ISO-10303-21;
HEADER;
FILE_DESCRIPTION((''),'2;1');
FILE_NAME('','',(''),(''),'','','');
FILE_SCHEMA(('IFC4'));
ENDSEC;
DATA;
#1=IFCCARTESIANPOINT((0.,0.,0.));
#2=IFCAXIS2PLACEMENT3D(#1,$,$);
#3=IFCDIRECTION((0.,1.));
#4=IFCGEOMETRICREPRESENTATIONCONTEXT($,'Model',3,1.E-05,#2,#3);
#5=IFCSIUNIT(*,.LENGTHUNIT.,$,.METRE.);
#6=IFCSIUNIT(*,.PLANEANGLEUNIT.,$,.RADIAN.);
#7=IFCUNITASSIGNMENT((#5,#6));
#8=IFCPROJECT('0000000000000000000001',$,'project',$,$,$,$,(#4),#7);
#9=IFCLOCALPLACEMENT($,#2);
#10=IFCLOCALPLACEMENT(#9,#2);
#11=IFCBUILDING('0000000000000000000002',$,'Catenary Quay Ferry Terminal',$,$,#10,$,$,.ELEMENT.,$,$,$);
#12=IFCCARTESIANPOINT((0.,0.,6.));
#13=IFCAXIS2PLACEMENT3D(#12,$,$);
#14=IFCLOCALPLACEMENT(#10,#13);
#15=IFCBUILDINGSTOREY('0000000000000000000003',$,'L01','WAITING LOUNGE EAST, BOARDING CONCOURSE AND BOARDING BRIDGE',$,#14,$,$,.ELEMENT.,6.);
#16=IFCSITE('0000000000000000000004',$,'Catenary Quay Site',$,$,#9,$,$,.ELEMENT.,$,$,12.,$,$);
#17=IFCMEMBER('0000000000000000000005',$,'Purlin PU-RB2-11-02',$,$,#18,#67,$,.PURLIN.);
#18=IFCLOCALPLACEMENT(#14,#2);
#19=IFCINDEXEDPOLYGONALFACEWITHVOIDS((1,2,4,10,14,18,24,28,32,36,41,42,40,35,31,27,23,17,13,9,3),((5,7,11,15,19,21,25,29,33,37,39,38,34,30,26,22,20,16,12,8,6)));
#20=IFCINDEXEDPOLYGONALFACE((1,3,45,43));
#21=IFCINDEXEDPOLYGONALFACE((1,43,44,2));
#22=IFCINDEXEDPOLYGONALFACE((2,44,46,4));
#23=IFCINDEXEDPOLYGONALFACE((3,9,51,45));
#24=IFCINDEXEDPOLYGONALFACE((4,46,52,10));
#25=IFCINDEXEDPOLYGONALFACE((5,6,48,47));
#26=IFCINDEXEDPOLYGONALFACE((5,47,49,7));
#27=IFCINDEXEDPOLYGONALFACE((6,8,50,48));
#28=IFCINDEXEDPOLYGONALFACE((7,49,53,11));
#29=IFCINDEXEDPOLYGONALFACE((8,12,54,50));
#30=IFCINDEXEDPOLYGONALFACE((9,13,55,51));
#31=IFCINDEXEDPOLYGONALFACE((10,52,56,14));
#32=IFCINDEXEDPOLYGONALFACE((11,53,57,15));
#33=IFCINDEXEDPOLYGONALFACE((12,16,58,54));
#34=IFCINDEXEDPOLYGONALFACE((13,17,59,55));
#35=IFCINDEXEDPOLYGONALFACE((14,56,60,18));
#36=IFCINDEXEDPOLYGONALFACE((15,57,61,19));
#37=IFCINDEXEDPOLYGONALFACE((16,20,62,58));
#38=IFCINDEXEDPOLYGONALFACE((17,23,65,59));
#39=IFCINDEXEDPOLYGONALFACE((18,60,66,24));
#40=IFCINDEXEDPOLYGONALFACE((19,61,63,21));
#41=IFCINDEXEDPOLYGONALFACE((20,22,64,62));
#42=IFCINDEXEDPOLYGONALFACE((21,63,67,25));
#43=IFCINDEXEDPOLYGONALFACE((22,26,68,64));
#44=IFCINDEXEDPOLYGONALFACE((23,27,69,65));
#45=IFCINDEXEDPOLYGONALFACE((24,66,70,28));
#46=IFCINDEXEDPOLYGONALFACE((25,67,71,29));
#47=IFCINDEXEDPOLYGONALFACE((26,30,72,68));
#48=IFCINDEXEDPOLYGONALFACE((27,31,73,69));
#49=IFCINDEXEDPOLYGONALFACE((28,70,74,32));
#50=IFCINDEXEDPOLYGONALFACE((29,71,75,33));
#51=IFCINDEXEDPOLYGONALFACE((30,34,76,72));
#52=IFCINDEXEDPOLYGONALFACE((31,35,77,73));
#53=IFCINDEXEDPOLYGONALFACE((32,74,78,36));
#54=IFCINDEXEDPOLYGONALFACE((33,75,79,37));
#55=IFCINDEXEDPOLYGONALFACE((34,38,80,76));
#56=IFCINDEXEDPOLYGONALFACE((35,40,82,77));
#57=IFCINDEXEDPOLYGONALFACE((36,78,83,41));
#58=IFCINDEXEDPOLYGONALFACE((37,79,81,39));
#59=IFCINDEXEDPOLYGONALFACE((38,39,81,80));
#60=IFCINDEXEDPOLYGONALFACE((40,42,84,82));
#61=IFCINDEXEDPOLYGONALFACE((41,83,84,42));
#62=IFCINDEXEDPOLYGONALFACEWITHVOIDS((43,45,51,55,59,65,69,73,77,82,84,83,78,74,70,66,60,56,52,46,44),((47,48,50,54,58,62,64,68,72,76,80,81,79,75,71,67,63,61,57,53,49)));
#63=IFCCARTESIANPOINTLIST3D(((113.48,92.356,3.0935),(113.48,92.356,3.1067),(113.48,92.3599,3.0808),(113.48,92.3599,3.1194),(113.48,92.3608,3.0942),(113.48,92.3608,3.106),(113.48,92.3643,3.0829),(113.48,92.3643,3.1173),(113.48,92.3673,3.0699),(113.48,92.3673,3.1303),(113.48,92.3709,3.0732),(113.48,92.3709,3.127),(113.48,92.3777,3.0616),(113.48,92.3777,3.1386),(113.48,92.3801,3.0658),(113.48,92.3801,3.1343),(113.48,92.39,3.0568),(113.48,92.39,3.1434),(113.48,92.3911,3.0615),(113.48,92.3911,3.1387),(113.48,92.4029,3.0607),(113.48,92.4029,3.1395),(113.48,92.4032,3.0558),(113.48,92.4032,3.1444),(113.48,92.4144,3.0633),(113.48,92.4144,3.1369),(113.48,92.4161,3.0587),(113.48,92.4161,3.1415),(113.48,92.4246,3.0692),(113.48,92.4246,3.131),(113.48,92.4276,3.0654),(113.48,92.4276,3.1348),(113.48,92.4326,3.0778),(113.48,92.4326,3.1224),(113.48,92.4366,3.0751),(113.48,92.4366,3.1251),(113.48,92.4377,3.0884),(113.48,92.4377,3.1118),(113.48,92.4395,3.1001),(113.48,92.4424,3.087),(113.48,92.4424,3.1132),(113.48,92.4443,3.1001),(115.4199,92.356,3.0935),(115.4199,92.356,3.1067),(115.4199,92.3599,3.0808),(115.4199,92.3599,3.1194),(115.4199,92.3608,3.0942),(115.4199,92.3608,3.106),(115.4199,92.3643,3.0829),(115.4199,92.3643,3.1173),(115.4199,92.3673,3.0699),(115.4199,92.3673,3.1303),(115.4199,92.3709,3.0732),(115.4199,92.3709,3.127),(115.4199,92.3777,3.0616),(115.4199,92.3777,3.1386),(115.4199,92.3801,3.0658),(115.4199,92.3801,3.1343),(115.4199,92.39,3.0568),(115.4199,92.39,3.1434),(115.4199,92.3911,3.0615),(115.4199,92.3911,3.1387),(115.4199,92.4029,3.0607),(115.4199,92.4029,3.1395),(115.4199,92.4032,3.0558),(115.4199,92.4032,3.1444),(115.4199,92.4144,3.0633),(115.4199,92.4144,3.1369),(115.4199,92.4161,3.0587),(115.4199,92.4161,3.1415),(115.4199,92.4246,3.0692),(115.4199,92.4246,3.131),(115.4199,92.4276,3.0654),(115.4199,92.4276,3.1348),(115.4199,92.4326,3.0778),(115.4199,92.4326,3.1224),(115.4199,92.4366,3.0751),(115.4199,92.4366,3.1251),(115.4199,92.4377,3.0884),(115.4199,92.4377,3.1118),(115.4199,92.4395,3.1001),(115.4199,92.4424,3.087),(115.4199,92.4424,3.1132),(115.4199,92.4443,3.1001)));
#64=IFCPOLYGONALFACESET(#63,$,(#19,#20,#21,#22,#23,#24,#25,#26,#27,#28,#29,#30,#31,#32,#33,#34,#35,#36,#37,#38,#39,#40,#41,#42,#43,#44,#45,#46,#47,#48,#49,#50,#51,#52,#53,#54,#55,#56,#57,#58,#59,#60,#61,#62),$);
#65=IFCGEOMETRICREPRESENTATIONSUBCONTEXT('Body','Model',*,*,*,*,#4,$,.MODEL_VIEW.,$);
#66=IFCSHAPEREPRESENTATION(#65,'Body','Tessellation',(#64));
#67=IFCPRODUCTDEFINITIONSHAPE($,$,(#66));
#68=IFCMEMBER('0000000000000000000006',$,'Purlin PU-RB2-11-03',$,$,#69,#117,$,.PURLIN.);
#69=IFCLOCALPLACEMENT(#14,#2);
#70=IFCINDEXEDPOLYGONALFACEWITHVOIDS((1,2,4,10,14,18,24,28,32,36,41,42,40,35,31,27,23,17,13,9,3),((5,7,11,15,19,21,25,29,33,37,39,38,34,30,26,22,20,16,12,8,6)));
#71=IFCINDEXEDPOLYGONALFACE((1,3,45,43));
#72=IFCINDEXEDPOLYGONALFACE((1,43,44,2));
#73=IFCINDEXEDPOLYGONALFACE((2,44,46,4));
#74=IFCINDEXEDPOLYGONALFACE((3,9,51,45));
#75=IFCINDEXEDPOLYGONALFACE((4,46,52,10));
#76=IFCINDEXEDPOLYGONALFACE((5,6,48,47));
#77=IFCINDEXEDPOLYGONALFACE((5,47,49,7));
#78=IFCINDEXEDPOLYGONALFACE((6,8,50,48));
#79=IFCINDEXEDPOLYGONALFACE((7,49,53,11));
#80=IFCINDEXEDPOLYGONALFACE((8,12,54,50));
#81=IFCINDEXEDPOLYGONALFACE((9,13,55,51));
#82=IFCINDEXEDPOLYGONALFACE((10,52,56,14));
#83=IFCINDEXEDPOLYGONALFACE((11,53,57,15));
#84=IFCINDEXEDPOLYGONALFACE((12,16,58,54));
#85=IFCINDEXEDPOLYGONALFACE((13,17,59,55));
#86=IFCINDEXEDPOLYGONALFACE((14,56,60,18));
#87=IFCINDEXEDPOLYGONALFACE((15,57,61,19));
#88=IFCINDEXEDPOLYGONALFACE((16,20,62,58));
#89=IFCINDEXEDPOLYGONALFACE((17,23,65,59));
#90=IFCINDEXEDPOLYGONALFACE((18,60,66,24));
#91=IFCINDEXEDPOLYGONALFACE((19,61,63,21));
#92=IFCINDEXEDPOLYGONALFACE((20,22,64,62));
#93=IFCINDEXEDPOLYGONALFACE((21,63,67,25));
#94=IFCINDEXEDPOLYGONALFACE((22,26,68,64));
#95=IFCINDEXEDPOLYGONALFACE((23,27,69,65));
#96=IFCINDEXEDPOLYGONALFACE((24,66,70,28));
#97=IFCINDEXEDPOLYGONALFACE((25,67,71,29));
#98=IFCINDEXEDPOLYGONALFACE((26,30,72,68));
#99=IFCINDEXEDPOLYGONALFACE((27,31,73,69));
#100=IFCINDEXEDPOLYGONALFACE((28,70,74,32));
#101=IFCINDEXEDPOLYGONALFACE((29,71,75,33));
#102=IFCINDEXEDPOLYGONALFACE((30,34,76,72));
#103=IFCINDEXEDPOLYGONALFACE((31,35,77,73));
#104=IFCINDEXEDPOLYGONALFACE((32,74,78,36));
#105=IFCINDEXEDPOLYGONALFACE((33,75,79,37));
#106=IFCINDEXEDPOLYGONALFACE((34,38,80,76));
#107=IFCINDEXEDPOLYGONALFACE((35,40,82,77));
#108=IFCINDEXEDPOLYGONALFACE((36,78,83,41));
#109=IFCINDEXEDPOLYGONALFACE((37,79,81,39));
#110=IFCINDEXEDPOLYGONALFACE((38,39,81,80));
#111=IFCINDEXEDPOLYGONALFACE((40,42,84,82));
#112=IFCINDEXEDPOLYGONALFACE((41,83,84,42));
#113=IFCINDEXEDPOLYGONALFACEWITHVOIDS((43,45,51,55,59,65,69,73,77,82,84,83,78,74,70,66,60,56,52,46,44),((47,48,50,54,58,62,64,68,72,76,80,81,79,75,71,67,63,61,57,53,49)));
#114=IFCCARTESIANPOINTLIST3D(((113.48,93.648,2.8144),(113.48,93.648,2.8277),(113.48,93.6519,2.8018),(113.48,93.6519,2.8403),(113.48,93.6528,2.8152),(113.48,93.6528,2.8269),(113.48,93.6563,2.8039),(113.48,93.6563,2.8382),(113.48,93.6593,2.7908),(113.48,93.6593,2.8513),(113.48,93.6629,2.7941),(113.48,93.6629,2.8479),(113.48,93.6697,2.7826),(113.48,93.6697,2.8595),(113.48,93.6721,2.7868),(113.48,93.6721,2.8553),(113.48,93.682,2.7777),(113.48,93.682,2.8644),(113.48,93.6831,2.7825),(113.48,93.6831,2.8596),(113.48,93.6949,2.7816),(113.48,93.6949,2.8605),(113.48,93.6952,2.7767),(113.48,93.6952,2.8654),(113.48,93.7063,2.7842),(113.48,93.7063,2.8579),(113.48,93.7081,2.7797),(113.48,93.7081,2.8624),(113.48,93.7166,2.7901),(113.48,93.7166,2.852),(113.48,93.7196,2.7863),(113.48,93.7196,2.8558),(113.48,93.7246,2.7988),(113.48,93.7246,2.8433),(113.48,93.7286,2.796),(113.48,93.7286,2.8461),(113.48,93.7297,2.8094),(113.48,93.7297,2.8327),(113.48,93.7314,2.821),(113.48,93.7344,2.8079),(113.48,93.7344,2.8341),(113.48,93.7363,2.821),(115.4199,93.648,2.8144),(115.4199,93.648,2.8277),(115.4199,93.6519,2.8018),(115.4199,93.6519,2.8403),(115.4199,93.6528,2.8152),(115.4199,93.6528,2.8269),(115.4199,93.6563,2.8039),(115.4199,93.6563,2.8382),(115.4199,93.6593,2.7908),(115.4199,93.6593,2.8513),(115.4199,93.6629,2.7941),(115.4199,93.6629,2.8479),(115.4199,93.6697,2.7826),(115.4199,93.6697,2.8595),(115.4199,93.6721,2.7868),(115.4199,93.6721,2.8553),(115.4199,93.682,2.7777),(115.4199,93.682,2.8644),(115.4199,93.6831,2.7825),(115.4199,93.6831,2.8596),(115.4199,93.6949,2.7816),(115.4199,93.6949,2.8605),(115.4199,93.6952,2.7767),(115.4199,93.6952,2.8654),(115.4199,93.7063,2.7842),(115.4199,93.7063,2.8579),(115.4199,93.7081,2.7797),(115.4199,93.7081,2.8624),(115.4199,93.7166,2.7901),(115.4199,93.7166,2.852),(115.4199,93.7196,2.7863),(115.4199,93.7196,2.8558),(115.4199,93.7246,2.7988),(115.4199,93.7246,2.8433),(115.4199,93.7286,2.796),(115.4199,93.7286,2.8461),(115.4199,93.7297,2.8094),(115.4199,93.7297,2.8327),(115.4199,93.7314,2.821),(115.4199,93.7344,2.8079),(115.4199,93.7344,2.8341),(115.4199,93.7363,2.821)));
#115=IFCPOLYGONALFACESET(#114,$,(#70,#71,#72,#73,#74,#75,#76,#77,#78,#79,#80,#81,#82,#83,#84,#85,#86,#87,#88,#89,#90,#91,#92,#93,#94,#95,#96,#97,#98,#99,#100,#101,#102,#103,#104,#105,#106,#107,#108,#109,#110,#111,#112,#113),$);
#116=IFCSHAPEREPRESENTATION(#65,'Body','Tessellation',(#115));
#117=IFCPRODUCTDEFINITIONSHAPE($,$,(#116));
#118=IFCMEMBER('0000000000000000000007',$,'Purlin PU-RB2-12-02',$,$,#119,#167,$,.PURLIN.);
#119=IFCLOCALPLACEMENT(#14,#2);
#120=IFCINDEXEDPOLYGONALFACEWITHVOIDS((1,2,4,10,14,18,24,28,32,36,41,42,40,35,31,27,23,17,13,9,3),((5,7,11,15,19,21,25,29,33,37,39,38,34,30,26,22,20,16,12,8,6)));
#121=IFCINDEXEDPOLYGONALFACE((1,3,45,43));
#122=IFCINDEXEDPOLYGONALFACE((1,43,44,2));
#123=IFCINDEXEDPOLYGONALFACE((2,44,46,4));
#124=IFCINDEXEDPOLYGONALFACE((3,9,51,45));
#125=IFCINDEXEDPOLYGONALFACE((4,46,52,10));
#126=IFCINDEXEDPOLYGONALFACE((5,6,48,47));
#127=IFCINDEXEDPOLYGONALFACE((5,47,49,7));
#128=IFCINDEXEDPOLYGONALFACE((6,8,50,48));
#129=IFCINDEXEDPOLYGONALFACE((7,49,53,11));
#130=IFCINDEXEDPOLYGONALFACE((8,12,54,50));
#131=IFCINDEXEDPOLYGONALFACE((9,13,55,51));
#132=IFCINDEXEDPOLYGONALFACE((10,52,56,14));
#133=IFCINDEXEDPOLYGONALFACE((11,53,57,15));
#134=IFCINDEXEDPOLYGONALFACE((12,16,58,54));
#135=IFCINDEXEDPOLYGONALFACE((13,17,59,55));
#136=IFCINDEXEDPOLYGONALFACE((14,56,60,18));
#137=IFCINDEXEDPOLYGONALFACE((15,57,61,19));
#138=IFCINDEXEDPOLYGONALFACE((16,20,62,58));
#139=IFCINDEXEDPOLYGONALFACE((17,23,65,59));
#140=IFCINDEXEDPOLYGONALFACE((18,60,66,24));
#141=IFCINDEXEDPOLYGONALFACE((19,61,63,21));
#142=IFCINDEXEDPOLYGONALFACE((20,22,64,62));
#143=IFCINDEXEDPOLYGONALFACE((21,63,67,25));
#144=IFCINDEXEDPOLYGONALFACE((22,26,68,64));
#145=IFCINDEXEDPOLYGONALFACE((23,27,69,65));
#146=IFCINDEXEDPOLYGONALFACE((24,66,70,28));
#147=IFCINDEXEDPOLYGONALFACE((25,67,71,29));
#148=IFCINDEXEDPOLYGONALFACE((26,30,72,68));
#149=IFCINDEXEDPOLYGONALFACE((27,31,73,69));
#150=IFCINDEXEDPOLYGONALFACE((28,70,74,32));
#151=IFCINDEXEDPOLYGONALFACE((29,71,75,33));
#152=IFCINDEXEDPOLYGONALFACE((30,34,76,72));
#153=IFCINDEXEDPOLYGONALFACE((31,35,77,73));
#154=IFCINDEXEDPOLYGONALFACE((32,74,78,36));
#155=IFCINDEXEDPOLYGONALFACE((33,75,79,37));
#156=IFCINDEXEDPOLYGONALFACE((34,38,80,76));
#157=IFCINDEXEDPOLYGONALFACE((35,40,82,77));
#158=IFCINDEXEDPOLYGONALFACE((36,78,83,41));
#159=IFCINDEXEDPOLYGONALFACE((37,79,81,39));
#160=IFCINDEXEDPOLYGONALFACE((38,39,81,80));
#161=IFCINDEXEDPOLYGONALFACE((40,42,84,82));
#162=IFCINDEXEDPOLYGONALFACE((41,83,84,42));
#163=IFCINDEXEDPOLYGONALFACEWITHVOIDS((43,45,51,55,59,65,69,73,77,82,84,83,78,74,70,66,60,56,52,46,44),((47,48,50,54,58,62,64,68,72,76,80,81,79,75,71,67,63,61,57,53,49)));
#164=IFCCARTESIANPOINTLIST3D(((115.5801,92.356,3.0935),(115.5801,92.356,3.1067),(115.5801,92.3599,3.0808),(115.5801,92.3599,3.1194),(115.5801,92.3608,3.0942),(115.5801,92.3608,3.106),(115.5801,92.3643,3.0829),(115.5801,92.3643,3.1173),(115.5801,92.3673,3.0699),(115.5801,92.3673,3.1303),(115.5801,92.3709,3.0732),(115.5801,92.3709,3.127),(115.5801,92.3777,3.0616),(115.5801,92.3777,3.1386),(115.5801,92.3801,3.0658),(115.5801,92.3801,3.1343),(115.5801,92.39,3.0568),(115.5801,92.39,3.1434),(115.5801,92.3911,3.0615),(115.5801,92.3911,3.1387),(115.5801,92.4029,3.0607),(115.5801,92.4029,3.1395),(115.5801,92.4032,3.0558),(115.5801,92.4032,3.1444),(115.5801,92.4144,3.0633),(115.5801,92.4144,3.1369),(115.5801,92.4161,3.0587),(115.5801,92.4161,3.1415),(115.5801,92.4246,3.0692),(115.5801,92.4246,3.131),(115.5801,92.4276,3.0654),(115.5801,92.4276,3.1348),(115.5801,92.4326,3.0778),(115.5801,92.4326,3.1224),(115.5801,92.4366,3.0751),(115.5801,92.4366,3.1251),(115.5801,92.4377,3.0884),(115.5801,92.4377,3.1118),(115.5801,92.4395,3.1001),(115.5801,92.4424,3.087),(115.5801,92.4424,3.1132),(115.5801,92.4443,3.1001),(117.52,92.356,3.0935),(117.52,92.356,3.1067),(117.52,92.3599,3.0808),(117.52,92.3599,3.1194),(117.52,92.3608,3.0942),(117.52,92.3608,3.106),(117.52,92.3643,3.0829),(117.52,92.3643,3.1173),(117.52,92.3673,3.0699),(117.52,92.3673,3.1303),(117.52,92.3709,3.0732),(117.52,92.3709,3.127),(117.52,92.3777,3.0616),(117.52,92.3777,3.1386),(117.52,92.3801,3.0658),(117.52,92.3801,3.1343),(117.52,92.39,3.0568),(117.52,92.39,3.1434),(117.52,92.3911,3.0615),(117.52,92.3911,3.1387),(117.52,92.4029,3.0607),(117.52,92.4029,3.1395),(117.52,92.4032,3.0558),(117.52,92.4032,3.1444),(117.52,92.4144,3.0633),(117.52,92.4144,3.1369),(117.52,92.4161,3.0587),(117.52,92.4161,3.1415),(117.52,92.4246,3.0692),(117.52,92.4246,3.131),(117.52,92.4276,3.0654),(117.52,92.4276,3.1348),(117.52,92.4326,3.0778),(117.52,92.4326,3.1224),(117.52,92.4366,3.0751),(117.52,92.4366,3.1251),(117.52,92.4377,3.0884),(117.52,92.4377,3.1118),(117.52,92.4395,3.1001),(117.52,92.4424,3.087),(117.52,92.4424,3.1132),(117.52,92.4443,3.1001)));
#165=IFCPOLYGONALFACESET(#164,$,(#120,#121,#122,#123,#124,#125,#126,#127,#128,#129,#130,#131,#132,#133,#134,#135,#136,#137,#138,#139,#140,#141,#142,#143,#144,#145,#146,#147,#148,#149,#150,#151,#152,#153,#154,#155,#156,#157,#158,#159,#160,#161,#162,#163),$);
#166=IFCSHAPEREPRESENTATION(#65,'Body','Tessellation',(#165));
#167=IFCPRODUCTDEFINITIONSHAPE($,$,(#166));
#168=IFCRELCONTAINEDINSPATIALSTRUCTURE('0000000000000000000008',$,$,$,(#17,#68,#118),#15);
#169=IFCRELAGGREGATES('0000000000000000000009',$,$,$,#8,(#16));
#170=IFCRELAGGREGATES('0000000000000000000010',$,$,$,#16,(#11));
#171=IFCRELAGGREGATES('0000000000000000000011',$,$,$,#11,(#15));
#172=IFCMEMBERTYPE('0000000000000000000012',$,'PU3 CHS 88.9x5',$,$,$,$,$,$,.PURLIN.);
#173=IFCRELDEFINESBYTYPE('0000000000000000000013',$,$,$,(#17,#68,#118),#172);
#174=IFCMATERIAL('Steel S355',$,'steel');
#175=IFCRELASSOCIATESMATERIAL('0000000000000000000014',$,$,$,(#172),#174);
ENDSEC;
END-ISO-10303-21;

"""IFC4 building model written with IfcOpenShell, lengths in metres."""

from ifc_helpers import new_model, si_unit, direction, frame, origin, origin_2d, place, context, subcontext, project, spatial, hollow_circle, extrude, material, material_profile, profile_set, type_object, element, save


model = new_model("IFC4")

# Units and contexts
model_context = context("Model", 3, precision=1e-05, world=origin(), true_north=direction((0.0, 1.0)))
body_context = subcontext(model_context, "Body", "Model", "MODEL_VIEW")
ifc_project = project(units=[si_unit("LENGTHUNIT", "METRE"), si_unit("PLANEANGLEUNIT", "RADIAN")], contexts=[model_context])

# Site, building, storey
site_placement = place(None, origin())
site = spatial("IfcSite", under=ifc_project, at=site_placement, Name="Catenary Quay Site", CompositionType="ELEMENT", RefElevation=12.0)
building_placement = place(site_placement, origin())
building = spatial("IfcBuilding", under=site, at=building_placement, Name="Catenary Quay Ferry Terminal", CompositionType="ELEMENT")
storey_placement = place(building_placement, frame((0.0, 0.0, 6.0)))
storey = spatial("IfcBuildingStorey", under=building, at=storey_placement, Name="L01", Description="WAITING LOUNGE EAST, BOARDING CONCOURSE AND BOARDING BRIDGE", CompositionType="ELEMENT", Elevation=6.0)

# Members
ifc_material_1 = material(Name="Steel S355", Category="steel")
ifc_material_profile_1 = material_profile(ifc_material_1, hollow_circle(Radius=0.0444, WallThickness=0.0049, at=origin_2d()), Name="CHS 88.9x5")
ifc_profile_set_1 = profile_set([ifc_material_profile_1], Name="Steel S355")
member_type_1 = type_object("IfcMemberType", Name="PU3 CHS 88.9x5", PredefinedType="PURLIN", material=ifc_profile_set_1)
for number, where, z_axis, x_axis, name in (
    (1, (113.48, 92.3999, 3.1001), (1.0, 0.0, 0.0), (0.0, 1.0, 0.0), "Purlin PU-RB2-11-02"),
    (2, (113.48, 93.6919, 2.821), (1.0, 0.0, 0.0), (0.0, 1.0, 0.0), "Purlin PU-RB2-11-03"),
    (3, (115.5801, 92.3999, 3.1001), (1.0, 0.0, 0.0), (0.0, 1.0, 0.0), "Purlin PU-RB2-12-02"),
):
    element("IfcMember", number, at=place(storey_placement, frame(where, z_axis=z_axis, x_axis=x_axis)), inside=storey, type_object=member_type_1, Name=name, PredefinedType="PURLIN", context=body_context, shape_type="SweptSolid", body=[
        extrude(hollow_circle(Radius=0.0444, WallThickness=0.0049, at=origin_2d()), origin(), (0.0, 0.0, 1.0), 1.9399),
    ])

save(model, "model.ifc")
